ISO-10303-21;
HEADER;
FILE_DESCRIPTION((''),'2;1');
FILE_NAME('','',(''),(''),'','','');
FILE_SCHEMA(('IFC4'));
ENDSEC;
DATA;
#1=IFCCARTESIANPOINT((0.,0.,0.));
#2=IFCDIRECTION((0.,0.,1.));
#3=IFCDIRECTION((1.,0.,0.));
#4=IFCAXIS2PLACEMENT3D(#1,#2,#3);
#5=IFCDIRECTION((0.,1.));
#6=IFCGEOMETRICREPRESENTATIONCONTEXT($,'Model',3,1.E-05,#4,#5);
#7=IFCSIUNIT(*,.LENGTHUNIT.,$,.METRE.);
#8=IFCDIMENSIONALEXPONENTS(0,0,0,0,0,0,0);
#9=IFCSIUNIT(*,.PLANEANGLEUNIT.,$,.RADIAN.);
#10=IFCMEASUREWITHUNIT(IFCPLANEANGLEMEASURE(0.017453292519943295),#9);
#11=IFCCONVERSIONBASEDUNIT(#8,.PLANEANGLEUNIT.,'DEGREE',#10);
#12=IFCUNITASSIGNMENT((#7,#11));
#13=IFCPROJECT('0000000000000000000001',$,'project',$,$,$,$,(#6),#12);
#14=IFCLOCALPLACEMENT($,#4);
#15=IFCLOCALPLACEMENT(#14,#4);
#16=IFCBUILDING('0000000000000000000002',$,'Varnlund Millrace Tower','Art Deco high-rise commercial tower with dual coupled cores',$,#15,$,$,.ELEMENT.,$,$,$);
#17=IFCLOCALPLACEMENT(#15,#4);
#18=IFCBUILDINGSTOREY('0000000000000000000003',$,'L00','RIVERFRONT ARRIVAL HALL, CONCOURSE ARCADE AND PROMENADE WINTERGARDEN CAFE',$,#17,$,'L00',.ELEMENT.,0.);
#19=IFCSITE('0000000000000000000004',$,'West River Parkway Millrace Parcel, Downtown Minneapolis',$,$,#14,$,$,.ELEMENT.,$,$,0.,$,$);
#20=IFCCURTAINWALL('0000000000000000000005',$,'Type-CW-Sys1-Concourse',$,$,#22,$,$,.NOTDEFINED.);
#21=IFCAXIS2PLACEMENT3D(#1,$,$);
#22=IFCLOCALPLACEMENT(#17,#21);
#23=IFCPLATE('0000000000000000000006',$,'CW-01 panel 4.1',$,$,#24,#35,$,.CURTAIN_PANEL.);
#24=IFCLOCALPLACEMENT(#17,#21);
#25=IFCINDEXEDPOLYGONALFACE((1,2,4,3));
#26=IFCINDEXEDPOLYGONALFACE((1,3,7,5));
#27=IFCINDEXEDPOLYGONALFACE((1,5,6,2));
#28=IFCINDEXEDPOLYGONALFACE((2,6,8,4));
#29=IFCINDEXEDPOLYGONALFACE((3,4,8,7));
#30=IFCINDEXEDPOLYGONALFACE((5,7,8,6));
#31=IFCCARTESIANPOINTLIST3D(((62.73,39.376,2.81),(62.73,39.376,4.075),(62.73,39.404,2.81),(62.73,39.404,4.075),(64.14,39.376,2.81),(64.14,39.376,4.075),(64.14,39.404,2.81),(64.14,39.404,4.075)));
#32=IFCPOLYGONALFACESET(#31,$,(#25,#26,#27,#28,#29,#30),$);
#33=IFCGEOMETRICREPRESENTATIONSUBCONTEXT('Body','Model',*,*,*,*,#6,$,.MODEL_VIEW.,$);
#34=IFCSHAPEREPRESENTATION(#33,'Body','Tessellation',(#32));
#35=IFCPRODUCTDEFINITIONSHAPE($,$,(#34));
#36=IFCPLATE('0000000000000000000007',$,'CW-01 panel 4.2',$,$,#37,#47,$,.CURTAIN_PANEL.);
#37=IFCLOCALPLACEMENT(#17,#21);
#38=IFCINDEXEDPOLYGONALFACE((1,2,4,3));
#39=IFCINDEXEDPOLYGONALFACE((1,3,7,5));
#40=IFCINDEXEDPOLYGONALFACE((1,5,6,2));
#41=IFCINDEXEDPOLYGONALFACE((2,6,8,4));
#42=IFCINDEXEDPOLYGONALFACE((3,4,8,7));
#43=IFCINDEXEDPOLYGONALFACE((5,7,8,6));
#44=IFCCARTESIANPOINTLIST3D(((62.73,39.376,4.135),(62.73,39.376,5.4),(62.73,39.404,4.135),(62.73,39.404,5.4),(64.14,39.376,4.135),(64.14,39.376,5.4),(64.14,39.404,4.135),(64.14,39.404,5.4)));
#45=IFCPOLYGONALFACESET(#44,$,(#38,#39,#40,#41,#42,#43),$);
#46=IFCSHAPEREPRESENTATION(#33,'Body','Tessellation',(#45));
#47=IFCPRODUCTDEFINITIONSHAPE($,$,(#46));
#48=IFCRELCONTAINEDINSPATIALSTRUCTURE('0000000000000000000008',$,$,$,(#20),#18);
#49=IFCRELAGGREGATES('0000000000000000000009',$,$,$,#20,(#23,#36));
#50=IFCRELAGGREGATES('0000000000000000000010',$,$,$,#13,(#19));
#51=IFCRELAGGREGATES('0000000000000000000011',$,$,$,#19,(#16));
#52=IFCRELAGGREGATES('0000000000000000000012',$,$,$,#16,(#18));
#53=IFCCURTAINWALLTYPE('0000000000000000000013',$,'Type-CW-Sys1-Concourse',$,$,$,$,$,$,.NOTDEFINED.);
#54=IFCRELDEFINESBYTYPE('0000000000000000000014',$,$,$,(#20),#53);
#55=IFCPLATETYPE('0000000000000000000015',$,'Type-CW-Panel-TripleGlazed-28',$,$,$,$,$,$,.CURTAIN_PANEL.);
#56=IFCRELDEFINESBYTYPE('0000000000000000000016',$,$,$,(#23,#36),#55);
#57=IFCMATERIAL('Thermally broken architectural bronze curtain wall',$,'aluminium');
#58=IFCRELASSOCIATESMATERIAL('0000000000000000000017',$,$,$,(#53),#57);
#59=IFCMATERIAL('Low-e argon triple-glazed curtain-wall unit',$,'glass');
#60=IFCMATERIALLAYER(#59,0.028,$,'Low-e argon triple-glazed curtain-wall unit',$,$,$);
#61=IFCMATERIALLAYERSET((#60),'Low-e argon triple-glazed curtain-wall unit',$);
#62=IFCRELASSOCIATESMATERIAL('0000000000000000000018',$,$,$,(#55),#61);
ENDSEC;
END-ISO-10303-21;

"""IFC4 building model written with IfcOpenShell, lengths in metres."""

from ifc_helpers import new_model, entity, si_unit, converted_unit, direction, frame, origin_with_axes, origin_2d_with_axis, place, context, subcontext, project, spatial, rectangle, extrude, material, layer, layer_set, type_object, element, aggregate, save


model = new_model("IFC4")

# Units and contexts
model_context = context("Model", 3, precision=1e-05, world=origin_with_axes(), true_north=direction((0.0, 1.0)))
body_context = subcontext(model_context, "Body", "Model", "MODEL_VIEW")
ifc_project = project(units=[si_unit("LENGTHUNIT", "METRE"), converted_unit("PLANEANGLEUNIT", "DEGREE", entity("IfcPlaneAngleMeasure", 0.017453292519943295), si_unit("PLANEANGLEUNIT", "RADIAN"), dimensions=[0, 0, 0, 0, 0, 0, 0])], contexts=[model_context])

# Site, building, storey
site_placement = place(None, origin_with_axes())
site = spatial("IfcSite", under=ifc_project, at=site_placement, Name="West River Parkway Millrace Parcel, Downtown Minneapolis", CompositionType="ELEMENT", RefElevation=0.0)
building_placement = place(site_placement, origin_with_axes())
building = spatial("IfcBuilding", under=site, at=building_placement, Name="Varnlund Millrace Tower", Description="Art Deco high-rise commercial tower with dual coupled cores", CompositionType="ELEMENT")
storey_placement = place(building_placement, origin_with_axes())
storey = spatial("IfcBuildingStorey", under=building, at=storey_placement, Name="L00", Description="RIVERFRONT ARRIVAL HALL, CONCOURSE ARCADE AND PROMENADE WINTERGARDEN CAFE", LongName="L00", CompositionType="ELEMENT", Elevation=0.0)

# Curtain wall
ifc_material_1 = material(Name="Thermally broken architectural bronze curtain wall", Category="aluminium")
curtain_wall_type = type_object("IfcCurtainWallType", Name="Type-CW-Sys1-Concourse", PredefinedType="NOTDEFINED", material=ifc_material_1)
curtain_wall_1_placement = place(storey_placement, frame((58.2, 39.39, 2.75), z_axis=(0.0, 0.0, 1.0), x_axis=(1.0, 0.0, 0.0)))
curtain_wall_1 = element("IfcCurtainWall", 1, at=curtain_wall_1_placement, inside=storey, type_object=curtain_wall_type, Name="Type-CW-Sys1-Concourse", PredefinedType="NOTDEFINED")

# Shared definitions
ifc_material_2 = material(Name="Low-e argon triple-glazed curtain-wall unit", Category="glass")
ifc_layer = layer(ifc_material_2, 0.028, Name="Low-e argon triple-glazed curtain-wall unit")
ifc_layer_set = layer_set([ifc_layer], Name="Low-e argon triple-glazed curtain-wall unit")
plate_type = type_object("IfcPlateType", Name="Type-CW-Panel-TripleGlazed-28", PredefinedType="CURTAIN_PANEL", material=ifc_layer_set)

# Plates
plate_1_placement = place(storey_placement, frame((63.435, 39.39, 2.81), z_axis=(0.0, 0.0, 1.0), x_axis=(1.0, 0.0, 0.0)))
plate_1 = element("IfcPlate", 2, at=plate_1_placement, type_object=plate_type, Name="CW-01 panel 4.1", PredefinedType="CURTAIN_PANEL", context=body_context, shape_type="SweptSolid", body=[
    extrude(rectangle(XDim=1.41, YDim=0.028, at=origin_2d_with_axis()), origin_with_axes(), (0.0, 0.0, 1.0), 1.265),
])
plate_2_placement = place(storey_placement, frame((63.435, 39.39, 4.135), z_axis=(0.0, 0.0, 1.0), x_axis=(1.0, 0.0, 0.0)))
plate_2 = element("IfcPlate", 3, at=plate_2_placement, type_object=plate_type, Name="CW-01 panel 4.2", PredefinedType="CURTAIN_PANEL", context=body_context, shape_type="SweptSolid", body=[
    extrude(rectangle(XDim=1.41, YDim=0.028, at=origin_2d_with_axis()), origin_with_axes(), (0.0, 0.0, 1.0), 1.265),
])
aggregate(curtain_wall_1, [plate_1, plate_2])

save(model, "model.ifc")
